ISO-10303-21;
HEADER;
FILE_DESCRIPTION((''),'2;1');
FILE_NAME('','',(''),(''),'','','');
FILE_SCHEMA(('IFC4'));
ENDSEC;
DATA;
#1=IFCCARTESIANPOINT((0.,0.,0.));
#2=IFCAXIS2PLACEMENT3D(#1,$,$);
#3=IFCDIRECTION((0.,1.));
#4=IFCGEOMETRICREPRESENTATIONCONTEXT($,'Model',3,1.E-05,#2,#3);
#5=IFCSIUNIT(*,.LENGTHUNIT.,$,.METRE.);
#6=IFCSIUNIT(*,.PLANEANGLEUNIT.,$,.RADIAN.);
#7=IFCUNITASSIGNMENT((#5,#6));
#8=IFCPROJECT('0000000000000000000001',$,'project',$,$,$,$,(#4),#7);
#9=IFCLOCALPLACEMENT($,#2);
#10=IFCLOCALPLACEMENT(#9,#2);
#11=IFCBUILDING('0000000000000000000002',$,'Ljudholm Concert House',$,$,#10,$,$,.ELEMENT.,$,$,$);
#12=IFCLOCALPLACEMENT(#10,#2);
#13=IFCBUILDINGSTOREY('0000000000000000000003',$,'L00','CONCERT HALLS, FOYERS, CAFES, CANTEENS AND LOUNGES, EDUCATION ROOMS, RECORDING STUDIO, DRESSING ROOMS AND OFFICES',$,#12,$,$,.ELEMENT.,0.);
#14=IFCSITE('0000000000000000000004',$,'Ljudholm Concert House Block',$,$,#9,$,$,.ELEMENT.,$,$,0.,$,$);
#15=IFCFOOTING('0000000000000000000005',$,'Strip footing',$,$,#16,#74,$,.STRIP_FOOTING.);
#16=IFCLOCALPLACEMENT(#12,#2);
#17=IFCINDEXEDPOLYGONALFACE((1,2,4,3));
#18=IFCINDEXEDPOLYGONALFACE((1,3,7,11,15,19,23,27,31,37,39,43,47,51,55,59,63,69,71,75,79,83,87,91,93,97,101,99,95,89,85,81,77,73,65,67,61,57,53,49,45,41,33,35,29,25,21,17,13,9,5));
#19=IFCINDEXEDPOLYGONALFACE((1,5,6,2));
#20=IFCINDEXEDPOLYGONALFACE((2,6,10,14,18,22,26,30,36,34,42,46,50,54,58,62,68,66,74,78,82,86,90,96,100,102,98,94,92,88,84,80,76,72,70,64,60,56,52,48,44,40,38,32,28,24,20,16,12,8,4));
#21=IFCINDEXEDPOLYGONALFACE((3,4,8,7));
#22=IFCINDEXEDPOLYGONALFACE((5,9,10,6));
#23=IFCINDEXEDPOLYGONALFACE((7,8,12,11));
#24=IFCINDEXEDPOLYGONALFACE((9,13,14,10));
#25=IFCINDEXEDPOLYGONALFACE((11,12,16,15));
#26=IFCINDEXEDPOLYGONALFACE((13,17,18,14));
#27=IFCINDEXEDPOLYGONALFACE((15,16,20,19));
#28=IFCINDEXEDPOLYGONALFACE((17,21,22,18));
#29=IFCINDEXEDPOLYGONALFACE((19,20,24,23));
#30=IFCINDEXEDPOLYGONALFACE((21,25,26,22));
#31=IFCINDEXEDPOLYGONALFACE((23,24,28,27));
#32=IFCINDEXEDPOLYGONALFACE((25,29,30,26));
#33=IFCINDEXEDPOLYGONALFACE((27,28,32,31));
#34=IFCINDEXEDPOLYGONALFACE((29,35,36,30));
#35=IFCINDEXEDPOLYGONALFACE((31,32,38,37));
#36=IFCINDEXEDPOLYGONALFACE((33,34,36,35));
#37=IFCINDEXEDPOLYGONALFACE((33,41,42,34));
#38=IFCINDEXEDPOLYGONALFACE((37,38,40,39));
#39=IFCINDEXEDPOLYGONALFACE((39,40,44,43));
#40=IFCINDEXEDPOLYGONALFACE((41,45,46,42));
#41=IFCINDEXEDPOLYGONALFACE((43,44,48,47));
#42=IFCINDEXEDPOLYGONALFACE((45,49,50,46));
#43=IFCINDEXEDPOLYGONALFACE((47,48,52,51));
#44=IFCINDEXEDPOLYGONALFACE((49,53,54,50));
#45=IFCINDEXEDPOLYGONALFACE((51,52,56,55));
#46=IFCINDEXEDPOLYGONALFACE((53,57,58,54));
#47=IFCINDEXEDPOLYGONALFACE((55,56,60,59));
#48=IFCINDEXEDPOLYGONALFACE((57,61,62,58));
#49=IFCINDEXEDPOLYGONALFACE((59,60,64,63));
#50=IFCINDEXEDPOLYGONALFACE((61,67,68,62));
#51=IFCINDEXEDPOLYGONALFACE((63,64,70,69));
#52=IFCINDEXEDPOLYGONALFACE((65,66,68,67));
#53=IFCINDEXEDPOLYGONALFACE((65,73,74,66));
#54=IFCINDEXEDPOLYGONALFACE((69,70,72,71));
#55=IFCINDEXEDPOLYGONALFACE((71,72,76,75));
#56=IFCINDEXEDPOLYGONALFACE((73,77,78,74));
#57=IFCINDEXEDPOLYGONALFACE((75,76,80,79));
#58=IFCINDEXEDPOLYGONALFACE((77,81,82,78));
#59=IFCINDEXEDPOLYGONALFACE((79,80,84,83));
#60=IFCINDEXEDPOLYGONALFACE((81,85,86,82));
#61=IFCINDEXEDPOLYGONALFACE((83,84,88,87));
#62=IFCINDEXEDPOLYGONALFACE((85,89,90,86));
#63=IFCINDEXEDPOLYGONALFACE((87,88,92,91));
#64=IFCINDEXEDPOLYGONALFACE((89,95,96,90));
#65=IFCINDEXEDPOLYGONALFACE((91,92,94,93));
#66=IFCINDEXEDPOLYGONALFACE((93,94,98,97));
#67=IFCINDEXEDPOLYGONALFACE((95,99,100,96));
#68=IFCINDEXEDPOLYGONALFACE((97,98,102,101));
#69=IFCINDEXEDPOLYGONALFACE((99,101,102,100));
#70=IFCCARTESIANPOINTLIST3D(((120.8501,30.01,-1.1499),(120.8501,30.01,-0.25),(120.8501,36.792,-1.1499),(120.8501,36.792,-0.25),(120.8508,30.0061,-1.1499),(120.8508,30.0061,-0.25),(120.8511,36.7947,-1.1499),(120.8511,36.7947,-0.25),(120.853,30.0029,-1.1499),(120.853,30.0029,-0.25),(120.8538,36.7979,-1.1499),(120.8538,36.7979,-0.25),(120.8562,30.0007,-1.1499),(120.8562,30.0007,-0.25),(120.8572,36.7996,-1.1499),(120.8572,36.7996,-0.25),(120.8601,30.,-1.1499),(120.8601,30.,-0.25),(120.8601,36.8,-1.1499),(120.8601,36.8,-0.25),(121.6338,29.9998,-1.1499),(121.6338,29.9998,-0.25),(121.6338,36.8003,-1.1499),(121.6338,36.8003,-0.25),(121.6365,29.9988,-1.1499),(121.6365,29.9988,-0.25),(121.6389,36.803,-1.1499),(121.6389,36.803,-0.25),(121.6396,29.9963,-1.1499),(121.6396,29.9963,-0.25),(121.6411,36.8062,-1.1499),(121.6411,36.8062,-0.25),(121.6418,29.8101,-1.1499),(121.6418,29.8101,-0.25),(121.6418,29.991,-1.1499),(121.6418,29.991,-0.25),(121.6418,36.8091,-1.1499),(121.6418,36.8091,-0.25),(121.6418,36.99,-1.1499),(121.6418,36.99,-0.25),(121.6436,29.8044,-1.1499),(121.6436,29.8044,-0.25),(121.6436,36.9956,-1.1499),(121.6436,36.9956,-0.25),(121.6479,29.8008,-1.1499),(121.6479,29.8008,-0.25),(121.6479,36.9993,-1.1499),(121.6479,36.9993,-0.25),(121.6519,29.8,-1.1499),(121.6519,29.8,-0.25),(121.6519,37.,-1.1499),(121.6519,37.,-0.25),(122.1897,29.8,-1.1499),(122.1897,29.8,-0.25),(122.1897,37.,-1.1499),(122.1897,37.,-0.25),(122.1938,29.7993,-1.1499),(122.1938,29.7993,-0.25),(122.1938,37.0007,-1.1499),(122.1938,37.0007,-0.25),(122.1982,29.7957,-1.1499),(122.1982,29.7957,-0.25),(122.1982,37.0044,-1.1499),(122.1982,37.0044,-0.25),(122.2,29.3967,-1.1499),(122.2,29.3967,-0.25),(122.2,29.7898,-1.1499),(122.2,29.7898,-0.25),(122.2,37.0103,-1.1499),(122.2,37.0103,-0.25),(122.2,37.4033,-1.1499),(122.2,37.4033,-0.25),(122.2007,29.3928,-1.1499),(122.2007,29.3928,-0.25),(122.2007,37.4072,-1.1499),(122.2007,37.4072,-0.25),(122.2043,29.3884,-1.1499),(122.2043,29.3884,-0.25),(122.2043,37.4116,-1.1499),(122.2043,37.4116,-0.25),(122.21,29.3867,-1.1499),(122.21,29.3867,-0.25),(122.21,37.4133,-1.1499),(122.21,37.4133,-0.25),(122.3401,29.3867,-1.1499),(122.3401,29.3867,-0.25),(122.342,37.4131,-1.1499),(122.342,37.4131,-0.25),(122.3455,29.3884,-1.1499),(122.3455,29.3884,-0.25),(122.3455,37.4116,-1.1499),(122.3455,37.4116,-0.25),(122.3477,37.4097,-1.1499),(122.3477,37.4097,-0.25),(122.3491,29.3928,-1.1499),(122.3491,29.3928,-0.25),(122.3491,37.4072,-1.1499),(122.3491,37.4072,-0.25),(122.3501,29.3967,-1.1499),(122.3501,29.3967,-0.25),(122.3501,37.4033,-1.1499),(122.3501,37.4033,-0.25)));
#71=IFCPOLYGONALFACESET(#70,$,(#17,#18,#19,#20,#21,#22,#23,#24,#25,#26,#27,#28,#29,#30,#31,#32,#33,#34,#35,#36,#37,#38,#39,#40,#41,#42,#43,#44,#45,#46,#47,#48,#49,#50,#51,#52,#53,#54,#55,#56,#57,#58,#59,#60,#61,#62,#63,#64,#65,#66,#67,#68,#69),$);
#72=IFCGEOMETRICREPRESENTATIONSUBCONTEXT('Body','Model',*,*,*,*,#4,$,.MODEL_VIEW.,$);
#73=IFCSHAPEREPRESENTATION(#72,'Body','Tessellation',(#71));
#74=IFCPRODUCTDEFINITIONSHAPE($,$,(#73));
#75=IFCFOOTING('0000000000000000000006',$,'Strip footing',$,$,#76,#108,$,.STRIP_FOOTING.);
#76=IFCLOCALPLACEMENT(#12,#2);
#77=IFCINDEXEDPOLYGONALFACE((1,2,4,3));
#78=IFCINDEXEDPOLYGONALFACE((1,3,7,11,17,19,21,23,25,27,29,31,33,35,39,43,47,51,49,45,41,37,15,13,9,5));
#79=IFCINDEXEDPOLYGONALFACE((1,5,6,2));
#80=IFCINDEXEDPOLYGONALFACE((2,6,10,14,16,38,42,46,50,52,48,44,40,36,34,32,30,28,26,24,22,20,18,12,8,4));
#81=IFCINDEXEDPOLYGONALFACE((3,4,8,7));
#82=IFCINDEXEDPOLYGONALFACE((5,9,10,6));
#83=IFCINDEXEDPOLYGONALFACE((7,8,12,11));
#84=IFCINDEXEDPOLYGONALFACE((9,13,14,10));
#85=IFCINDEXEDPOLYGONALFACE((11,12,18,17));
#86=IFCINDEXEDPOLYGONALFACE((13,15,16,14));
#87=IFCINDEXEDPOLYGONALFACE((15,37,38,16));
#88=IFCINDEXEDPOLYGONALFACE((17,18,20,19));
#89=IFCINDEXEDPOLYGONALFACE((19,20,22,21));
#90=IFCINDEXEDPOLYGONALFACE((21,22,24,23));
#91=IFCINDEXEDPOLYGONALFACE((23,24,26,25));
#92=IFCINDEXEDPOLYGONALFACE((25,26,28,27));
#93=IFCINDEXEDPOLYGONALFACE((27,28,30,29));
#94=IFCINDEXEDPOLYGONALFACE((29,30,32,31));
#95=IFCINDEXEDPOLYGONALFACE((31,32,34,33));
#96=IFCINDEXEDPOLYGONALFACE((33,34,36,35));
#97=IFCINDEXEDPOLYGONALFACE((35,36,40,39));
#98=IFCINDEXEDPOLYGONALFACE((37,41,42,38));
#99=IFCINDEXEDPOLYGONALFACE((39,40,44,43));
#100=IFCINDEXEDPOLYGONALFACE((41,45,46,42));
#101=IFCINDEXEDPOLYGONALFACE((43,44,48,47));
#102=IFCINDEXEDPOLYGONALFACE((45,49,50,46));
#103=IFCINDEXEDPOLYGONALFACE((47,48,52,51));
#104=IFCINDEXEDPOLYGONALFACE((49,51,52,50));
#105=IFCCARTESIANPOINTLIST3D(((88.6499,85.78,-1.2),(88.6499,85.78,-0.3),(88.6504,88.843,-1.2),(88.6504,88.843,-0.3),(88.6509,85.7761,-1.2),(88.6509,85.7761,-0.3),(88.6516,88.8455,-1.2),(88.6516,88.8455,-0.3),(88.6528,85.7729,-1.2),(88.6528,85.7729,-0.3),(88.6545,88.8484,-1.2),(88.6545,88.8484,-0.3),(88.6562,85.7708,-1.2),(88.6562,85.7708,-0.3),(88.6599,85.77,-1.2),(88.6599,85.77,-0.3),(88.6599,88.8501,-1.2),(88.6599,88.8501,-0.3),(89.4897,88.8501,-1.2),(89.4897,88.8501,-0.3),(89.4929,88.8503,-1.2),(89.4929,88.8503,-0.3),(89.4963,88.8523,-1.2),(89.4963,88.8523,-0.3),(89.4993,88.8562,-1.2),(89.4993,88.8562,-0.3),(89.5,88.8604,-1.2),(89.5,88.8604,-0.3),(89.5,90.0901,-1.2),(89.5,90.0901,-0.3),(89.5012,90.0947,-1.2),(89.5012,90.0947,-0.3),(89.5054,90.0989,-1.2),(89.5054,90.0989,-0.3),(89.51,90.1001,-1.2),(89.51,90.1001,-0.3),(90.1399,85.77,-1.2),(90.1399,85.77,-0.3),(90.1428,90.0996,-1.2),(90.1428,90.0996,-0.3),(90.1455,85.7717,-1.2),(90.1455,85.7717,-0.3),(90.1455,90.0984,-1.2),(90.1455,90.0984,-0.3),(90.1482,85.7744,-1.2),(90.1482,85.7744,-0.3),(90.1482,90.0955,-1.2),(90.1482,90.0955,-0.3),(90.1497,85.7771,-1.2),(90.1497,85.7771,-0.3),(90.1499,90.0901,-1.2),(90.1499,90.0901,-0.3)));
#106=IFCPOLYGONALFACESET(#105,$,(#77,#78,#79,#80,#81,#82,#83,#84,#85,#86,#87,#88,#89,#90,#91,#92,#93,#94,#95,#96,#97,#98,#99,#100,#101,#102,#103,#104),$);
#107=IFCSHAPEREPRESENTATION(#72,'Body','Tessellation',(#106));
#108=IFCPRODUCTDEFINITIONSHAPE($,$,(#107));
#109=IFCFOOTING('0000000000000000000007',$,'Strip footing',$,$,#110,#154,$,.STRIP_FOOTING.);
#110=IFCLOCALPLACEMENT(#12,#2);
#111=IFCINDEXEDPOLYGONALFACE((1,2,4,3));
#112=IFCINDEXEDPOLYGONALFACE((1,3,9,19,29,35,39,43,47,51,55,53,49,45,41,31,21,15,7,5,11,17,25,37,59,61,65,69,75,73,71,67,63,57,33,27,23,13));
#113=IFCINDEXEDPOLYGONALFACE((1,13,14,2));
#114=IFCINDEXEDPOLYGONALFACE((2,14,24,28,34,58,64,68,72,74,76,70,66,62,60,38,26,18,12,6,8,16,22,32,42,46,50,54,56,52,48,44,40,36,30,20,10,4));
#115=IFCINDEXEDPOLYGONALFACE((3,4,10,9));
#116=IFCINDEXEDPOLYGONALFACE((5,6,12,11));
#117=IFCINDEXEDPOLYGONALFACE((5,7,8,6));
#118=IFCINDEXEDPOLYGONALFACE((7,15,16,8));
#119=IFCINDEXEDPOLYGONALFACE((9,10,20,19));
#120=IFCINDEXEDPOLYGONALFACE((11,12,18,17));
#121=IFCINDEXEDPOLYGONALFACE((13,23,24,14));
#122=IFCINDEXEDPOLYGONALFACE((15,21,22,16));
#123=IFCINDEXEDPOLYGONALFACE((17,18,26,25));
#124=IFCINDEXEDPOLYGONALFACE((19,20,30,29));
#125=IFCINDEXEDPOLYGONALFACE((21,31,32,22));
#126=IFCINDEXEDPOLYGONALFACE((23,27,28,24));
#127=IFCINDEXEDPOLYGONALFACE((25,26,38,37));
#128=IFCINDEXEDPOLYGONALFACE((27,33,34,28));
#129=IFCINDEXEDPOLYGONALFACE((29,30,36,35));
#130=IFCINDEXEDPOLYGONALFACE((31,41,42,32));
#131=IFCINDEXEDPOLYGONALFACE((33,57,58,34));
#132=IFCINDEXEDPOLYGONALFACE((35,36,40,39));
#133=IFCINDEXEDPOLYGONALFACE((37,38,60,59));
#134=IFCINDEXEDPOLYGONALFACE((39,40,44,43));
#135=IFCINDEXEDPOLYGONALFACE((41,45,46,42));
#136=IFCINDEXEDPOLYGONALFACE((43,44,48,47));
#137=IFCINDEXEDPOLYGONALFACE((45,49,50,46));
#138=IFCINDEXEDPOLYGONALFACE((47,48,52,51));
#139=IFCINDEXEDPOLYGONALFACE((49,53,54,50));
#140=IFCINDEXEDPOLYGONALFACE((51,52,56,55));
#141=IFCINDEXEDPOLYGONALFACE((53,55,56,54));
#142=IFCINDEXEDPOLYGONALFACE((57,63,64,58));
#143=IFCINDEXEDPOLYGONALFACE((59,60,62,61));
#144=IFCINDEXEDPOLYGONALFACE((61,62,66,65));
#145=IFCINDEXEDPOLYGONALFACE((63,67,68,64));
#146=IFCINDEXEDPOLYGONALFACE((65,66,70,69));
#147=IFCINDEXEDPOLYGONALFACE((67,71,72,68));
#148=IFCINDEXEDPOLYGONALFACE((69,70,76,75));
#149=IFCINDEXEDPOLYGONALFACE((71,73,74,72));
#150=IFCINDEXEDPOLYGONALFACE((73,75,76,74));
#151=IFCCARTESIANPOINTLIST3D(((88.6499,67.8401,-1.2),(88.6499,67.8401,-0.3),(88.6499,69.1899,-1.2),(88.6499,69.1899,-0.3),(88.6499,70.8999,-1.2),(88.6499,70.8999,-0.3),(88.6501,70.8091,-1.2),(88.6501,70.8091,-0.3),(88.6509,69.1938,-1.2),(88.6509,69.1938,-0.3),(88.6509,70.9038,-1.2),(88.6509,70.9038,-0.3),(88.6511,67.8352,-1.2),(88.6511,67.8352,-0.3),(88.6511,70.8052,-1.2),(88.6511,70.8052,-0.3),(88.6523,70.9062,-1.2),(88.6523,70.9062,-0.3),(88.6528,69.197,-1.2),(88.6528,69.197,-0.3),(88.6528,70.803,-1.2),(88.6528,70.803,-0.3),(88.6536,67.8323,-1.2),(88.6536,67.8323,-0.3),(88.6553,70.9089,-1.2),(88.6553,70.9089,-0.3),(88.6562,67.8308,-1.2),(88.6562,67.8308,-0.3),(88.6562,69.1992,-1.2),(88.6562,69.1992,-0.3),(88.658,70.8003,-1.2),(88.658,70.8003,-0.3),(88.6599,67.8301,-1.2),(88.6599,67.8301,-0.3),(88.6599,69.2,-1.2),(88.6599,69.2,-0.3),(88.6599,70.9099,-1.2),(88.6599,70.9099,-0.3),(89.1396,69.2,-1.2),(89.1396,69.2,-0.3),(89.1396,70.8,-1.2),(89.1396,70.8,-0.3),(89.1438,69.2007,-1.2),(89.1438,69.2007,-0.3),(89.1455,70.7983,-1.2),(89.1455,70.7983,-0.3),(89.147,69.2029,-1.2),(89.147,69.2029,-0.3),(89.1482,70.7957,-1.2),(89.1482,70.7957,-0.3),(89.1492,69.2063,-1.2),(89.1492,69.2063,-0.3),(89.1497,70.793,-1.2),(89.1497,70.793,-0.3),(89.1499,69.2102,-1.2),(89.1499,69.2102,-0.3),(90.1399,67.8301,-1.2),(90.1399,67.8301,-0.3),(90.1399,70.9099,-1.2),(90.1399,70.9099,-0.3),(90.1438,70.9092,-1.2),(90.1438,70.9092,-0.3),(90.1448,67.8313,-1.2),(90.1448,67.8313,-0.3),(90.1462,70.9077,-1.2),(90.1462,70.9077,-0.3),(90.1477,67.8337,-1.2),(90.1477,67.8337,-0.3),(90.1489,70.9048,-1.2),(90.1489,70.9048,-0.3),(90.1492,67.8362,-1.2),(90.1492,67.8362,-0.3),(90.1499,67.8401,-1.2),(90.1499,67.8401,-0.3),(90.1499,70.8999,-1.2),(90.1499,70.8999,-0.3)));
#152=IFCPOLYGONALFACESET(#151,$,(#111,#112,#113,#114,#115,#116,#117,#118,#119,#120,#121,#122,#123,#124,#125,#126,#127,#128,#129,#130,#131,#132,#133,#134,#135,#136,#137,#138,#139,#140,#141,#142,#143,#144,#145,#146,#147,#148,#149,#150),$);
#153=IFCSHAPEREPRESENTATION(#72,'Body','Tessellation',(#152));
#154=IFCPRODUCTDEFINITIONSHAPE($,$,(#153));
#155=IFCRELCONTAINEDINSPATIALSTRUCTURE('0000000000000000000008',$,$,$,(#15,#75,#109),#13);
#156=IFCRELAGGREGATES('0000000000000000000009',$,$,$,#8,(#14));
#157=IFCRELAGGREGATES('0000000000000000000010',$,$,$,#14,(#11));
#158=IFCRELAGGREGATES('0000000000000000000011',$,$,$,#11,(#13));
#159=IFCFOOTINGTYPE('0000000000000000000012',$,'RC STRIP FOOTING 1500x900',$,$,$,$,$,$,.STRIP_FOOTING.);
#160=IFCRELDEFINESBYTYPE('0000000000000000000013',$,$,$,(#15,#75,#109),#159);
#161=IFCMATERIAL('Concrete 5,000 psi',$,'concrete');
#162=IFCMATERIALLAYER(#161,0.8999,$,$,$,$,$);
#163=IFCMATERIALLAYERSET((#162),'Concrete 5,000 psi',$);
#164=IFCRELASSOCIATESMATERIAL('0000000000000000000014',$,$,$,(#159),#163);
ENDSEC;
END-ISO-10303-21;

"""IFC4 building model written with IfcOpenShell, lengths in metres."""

from ifc_helpers import new_model, si_unit, direction, frame, origin, place, context, subcontext, project, spatial, polyline, outline, extrude, material, layer, layer_set, type_object, element, save


model = new_model("IFC4")

# Units and contexts
model_context = context("Model", 3, precision=1e-05, world=origin(), true_north=direction((0.0, 1.0)))
body_context = subcontext(model_context, "Body", "Model", "MODEL_VIEW")
ifc_project = project(units=[si_unit("LENGTHUNIT", "METRE"), si_unit("PLANEANGLEUNIT", "RADIAN")], contexts=[model_context])

# Site, building, storey
site_placement = place(None, origin())
site = spatial("IfcSite", under=ifc_project, at=site_placement, Name="Ljudholm Concert House Block", CompositionType="ELEMENT", RefElevation=0.0)
building_placement = place(site_placement, origin())
building = spatial("IfcBuilding", under=site, at=building_placement, Name="Ljudholm Concert House", CompositionType="ELEMENT")
storey_placement = place(building_placement, origin())
storey = spatial("IfcBuildingStorey", under=building, at=storey_placement, Name="L00", Description="CONCERT HALLS, FOYERS, CAFES, CANTEENS AND LOUNGES, EDUCATION ROOMS, RECORDING STUDIO, DRESSING ROOMS AND OFFICES", CompositionType="ELEMENT", Elevation=0.0)

# Footings
ifc_material = material(Name="Concrete 5,000 psi", Category="concrete")
ifc_layer = layer(ifc_material, 0.8999)
ifc_layer_set = layer_set([ifc_layer], Name="Concrete 5,000 psi")
footing_type = type_object("IfcFootingType", Name="RC STRIP FOOTING 1500x900", PredefinedType="STRIP_FOOTING", material=ifc_layer_set)
footing_1_placement = place(storey_placement, frame((0.0, 0.0, -1.1499)))
element("IfcFooting", 1, at=footing_1_placement, inside=storey, type_object=footing_type, Name="Strip footing", PredefinedType="STRIP_FOOTING", context=body_context, shape_type="SweptSolid", body=[
    extrude(outline(polyline([(120.8601, 30.0), (121.6338, 29.9998), (121.6365, 29.9988), (121.6396, 29.9963), (121.6418, 29.991), (121.6418, 29.8101), (121.6436, 29.8044), (121.6479, 29.8008), (121.6519, 29.8), (122.1897, 29.8), (122.1938, 29.7993), (122.1982, 29.7957), (122.2, 29.7898), (122.2, 29.3967), (122.2007, 29.3928), (122.2043, 29.3884), (122.21, 29.3867), (122.3401, 29.3867), (122.3455, 29.3884), (122.3491, 29.3928), (122.3501, 29.3967), (122.3501, 37.4033), (122.3491, 37.4072), (122.3477, 37.4097), (122.3455, 37.4116), (122.342, 37.4131), (122.21, 37.4133), (122.2043, 37.4116), (122.2007, 37.4072), (122.2, 37.4033), (122.2, 37.0103), (122.1982, 37.0044), (122.1938, 37.0007), (122.1897, 37.0), (121.6519, 37.0), (121.6479, 36.9993), (121.6436, 36.9956), (121.6418, 36.99), (121.6418, 36.8091), (121.6411, 36.8062), (121.6389, 36.803), (121.6338, 36.8003), (120.8601, 36.8), (120.8572, 36.7996), (120.8538, 36.7979), (120.8511, 36.7947), (120.8501, 36.792), (120.8501, 30.01), (120.8508, 30.0061), (120.853, 30.0029), (120.8562, 30.0007), (120.8601, 30.0)])), origin(), (0.0, 0.0, 1.0), 0.8999),
])
footing_2_placement = place(storey_placement, frame((0.0, 0.0, -1.2)))
element("IfcFooting", 2, at=footing_2_placement, inside=storey, type_object=footing_type, Name="Strip footing", PredefinedType="STRIP_FOOTING", context=body_context, shape_type="SweptSolid", body=[
    extrude(outline(polyline([(88.6599, 85.77), (90.1399, 85.77), (90.1455, 85.7717), (90.1482, 85.7744), (90.1497, 85.7771), (90.1499, 90.0901), (90.1482, 90.0955), (90.1455, 90.0984), (90.1428, 90.0996), (89.51, 90.1001), (89.5054, 90.0989), (89.5012, 90.0947), (89.5, 90.0901), (89.5, 88.8604), (89.4993, 88.8562), (89.4963, 88.8523), (89.4929, 88.8503), (89.4897, 88.8501), (88.6599, 88.8501), (88.6545, 88.8484), (88.6516, 88.8455), (88.6504, 88.843), (88.6499, 85.78), (88.6509, 85.7761), (88.6528, 85.7729), (88.6562, 85.7708), (88.6599, 85.77)])), origin(), (0.0, 0.0, 1.0), 0.8999),
])
footing_3_placement = place(storey_placement, frame((0.0, 0.0, -1.2)))
element("IfcFooting", 3, at=footing_3_placement, inside=storey, type_object=footing_type, Name="Strip footing", PredefinedType="STRIP_FOOTING", context=body_context, shape_type="SweptSolid", body=[
    extrude(outline(polyline([(88.6499, 69.1899), (88.6499, 67.8401), (88.6511, 67.8352), (88.6536, 67.8323), (88.6562, 67.8308), (88.6599, 67.8301), (90.1399, 67.8301), (90.1448, 67.8313), (90.1477, 67.8337), (90.1492, 67.8362), (90.1499, 67.8401), (90.1499, 70.8999), (90.1489, 70.9048), (90.1462, 70.9077), (90.1438, 70.9092), (90.1399, 70.9099), (88.6599, 70.9099), (88.6553, 70.9089), (88.6523, 70.9062), (88.6509, 70.9038), (88.6499, 70.8999), (88.6501, 70.8091), (88.6511, 70.8052), (88.6528, 70.803), (88.658, 70.8003), (89.1396, 70.8), (89.1455, 70.7983), (89.1482, 70.7957), (89.1497, 70.793), (89.1499, 69.2102), (89.1492, 69.2063), (89.147, 69.2029), (89.1438, 69.2007), (89.1396, 69.2), (88.6599, 69.2), (88.6562, 69.1992), (88.6528, 69.197), (88.6509, 69.1938), (88.6499, 69.1899)])), origin(), (0.0, 0.0, 1.0), 0.8999),
])

save(model, "model.ifc")
